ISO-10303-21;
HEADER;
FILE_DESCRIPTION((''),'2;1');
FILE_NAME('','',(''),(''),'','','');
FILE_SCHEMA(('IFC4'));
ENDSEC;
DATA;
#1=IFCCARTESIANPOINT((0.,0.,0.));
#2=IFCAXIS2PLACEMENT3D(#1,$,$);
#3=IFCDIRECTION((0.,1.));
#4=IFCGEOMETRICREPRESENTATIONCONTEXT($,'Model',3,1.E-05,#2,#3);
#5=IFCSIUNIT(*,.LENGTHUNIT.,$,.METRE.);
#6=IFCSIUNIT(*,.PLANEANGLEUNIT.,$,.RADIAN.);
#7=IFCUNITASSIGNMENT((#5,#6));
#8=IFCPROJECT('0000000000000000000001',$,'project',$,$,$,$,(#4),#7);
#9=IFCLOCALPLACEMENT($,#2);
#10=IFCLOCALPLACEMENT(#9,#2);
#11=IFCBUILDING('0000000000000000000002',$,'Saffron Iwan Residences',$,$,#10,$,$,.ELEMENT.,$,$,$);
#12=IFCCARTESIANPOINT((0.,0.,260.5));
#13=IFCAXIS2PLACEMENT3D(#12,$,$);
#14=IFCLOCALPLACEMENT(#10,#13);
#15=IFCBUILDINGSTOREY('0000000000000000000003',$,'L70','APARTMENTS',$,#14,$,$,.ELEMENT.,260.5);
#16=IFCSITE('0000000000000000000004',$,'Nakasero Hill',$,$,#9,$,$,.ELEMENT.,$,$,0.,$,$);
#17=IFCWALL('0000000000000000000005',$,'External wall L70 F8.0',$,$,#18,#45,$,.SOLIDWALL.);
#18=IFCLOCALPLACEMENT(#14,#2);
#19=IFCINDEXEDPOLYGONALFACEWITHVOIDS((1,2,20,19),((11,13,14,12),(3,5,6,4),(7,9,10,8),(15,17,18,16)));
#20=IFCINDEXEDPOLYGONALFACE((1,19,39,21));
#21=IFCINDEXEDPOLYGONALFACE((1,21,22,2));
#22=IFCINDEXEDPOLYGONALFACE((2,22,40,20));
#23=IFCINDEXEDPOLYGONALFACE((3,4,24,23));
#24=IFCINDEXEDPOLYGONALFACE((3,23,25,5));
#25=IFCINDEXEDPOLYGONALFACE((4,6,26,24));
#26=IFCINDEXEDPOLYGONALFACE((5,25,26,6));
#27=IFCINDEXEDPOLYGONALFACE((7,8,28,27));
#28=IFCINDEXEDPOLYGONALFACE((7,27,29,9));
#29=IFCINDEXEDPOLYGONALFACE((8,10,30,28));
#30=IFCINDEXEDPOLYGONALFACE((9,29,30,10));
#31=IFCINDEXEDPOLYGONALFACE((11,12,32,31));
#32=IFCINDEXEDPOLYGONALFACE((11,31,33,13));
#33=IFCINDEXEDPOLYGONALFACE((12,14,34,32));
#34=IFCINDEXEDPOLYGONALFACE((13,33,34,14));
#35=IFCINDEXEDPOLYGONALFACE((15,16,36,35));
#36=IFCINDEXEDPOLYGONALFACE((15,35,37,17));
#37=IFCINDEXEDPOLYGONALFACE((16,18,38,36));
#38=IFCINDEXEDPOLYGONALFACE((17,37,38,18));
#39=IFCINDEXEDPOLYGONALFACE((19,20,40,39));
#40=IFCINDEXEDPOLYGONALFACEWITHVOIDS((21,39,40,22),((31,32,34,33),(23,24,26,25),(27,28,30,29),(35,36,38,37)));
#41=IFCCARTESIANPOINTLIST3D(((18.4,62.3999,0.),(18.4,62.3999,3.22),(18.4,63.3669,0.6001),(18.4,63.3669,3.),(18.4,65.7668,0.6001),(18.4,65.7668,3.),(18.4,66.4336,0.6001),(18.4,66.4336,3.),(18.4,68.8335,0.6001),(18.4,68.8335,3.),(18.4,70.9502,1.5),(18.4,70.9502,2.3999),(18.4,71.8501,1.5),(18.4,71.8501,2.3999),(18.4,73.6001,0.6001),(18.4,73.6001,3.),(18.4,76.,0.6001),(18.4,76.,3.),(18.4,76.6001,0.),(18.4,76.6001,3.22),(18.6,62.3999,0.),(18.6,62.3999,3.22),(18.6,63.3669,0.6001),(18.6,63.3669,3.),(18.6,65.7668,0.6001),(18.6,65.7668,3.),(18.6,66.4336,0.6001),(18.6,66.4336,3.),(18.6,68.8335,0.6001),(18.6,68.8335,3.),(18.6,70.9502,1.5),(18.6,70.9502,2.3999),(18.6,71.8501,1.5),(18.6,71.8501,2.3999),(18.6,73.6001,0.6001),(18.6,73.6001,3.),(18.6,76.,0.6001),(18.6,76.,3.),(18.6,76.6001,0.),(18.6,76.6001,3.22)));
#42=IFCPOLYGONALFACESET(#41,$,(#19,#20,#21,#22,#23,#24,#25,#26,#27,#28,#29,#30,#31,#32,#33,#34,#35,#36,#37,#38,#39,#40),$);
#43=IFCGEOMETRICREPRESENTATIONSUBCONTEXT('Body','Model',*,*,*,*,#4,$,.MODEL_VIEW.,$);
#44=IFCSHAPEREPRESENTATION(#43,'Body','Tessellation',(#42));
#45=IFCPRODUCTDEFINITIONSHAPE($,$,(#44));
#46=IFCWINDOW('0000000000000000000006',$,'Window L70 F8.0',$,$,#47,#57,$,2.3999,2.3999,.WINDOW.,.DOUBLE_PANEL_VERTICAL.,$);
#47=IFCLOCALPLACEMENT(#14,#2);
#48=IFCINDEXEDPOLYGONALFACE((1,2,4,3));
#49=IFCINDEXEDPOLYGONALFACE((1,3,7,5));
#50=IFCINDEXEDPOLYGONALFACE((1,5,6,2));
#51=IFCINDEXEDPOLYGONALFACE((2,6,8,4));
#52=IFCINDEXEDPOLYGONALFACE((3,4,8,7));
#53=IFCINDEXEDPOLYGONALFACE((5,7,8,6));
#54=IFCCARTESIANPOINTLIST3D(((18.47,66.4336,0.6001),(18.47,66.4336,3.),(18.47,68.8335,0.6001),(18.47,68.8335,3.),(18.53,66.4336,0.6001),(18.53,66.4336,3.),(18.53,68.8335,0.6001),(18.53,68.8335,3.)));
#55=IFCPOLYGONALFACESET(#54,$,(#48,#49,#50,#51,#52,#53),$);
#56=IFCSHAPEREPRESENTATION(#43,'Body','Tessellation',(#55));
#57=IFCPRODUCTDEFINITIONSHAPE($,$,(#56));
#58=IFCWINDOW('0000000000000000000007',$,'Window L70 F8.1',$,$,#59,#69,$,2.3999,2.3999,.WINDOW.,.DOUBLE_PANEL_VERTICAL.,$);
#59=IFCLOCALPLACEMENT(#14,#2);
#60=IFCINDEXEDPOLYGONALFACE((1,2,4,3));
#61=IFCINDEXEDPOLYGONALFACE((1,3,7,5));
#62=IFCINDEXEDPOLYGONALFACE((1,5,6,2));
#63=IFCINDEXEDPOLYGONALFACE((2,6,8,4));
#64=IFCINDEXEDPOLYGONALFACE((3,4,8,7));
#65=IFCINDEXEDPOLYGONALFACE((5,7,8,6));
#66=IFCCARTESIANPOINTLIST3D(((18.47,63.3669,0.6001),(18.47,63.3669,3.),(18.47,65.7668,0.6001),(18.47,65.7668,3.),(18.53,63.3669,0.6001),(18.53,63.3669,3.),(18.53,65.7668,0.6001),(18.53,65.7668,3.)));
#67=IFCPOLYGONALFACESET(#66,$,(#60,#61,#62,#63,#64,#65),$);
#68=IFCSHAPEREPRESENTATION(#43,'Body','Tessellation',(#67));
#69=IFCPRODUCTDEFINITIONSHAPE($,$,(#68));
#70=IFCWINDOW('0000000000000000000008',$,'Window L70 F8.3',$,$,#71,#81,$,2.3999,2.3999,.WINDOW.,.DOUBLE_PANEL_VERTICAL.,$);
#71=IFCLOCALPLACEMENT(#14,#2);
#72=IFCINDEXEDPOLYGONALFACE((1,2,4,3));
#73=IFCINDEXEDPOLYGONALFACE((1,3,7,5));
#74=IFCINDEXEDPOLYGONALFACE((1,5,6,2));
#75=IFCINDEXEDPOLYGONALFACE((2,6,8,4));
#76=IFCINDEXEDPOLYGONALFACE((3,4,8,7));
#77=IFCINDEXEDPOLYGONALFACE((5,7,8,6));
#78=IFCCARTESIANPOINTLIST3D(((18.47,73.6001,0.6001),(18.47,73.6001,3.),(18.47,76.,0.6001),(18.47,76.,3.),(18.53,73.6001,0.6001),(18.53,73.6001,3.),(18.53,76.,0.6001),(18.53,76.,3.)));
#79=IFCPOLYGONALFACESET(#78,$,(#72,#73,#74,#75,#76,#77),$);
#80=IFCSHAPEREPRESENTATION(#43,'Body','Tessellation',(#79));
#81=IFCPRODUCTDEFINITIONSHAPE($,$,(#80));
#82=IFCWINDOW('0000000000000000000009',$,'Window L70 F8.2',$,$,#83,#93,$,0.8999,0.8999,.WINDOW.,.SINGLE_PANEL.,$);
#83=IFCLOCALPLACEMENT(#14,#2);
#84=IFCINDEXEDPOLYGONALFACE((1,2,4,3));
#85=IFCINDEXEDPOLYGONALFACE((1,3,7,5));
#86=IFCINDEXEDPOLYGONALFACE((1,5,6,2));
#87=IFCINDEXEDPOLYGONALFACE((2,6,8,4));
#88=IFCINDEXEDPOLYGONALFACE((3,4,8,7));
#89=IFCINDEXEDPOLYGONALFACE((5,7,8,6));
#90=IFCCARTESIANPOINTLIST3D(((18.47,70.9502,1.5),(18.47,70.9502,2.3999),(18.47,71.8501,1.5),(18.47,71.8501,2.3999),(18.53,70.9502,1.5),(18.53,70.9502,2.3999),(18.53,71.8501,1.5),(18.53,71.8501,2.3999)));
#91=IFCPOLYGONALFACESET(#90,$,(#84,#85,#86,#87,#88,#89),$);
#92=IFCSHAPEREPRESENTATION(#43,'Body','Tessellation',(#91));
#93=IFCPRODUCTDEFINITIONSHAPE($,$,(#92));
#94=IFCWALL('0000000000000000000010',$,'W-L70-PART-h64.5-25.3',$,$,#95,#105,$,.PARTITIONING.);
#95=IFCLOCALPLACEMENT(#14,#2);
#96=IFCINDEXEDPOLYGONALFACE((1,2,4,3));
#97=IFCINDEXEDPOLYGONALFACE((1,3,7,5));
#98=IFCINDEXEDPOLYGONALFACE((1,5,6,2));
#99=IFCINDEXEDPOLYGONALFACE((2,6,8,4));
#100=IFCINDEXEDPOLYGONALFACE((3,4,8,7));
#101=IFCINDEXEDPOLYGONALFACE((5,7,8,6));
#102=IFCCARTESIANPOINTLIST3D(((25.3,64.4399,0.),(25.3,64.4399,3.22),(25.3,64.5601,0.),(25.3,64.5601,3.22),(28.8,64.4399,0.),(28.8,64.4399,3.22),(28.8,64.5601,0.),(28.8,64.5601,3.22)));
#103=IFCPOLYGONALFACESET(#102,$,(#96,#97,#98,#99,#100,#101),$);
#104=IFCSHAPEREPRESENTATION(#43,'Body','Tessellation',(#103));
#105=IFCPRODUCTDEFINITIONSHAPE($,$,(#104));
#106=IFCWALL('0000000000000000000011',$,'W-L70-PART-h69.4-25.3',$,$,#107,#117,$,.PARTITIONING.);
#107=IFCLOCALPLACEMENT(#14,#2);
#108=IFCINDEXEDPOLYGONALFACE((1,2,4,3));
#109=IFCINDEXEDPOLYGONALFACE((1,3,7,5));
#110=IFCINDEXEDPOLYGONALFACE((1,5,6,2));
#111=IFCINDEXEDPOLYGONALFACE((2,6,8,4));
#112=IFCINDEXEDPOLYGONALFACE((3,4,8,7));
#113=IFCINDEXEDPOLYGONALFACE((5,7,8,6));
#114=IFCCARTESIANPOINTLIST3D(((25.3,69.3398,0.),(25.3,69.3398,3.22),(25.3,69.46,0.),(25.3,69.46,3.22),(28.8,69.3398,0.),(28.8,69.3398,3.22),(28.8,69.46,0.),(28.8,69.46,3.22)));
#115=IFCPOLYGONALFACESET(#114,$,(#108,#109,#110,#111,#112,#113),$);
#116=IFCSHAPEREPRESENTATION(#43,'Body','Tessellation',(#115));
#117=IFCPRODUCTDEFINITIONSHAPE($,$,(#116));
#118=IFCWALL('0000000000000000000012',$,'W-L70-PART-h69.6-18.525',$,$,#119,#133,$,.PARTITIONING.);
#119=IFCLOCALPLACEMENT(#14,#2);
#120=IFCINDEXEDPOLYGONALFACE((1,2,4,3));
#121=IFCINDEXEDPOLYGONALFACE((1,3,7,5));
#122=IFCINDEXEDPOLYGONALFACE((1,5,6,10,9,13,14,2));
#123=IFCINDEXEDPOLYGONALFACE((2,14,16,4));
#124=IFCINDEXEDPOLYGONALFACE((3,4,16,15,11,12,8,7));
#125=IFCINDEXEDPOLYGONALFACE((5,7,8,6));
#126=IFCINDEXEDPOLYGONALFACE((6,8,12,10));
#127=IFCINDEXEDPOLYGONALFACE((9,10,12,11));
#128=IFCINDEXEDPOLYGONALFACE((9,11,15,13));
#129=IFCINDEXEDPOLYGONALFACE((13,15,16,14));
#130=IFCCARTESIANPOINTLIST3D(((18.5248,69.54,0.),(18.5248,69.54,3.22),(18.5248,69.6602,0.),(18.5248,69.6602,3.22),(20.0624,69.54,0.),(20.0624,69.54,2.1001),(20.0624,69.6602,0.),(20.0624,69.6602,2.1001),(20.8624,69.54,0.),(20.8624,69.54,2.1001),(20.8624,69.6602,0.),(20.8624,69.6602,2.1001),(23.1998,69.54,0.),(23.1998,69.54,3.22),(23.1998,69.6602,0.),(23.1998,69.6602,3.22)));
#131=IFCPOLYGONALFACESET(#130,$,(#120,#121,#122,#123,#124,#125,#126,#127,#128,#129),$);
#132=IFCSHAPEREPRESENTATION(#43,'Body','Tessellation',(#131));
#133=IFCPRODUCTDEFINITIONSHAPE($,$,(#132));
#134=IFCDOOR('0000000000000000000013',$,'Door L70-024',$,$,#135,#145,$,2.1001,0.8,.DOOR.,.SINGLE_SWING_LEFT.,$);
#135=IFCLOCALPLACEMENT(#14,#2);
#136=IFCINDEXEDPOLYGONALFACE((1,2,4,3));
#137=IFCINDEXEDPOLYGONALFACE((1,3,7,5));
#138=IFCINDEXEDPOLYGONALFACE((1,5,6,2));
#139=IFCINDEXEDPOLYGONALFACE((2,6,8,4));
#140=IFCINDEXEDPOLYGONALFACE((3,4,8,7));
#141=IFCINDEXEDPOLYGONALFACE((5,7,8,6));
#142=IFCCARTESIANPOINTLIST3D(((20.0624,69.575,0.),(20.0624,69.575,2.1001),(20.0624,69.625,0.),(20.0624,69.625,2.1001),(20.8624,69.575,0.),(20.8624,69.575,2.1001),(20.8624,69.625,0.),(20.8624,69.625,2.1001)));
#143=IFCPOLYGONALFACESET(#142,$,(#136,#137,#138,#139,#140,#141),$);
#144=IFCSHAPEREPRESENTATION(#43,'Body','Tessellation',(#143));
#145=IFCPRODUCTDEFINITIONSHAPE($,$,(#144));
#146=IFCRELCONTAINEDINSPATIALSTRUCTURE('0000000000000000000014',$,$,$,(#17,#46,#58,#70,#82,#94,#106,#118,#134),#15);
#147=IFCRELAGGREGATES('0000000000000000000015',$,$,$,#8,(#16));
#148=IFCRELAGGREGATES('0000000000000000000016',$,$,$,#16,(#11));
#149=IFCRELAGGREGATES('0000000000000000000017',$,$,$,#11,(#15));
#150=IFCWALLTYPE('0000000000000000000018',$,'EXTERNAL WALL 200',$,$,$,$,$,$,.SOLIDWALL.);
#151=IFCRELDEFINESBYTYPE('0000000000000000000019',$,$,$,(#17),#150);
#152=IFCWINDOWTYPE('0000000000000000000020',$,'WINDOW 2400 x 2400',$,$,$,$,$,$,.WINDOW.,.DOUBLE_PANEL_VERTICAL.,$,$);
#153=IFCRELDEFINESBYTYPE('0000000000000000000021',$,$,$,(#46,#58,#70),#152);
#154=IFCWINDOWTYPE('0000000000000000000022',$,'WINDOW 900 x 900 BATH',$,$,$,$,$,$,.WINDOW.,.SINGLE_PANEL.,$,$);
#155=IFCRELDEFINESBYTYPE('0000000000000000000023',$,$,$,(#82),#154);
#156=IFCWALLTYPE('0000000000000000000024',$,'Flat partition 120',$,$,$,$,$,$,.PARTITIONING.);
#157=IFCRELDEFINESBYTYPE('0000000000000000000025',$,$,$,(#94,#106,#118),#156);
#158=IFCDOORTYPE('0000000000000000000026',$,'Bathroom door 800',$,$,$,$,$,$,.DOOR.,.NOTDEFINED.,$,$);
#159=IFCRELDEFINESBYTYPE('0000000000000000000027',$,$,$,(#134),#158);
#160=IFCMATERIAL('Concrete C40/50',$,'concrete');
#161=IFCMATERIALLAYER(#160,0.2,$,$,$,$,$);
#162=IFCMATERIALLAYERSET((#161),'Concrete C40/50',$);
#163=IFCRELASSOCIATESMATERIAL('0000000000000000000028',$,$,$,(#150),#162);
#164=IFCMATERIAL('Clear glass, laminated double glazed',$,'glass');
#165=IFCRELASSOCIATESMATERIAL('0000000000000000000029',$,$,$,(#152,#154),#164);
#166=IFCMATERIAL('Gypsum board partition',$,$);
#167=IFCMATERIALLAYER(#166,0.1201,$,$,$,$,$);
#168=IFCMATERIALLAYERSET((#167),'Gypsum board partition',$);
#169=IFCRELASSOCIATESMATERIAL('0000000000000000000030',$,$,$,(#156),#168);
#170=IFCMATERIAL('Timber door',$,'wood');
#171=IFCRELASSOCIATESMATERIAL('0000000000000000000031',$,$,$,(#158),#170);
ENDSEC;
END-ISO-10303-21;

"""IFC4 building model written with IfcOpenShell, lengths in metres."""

from ifc_helpers import new_model, si_unit, direction, frame, frame_2d, origin, place, context, subcontext, project, spatial, rectangle, extrude, material, layer, layer_set, type_object, element, fill, save


model = new_model("IFC4")

# Units and contexts
model_context = context("Model", 3, precision=1e-05, world=origin(), true_north=direction((0.0, 1.0)))
body_context = subcontext(model_context, "Body", "Model", "MODEL_VIEW")
ifc_project = project(units=[si_unit("LENGTHUNIT", "METRE"), si_unit("PLANEANGLEUNIT", "RADIAN")], contexts=[model_context])

# Site, building, storey
site_placement = place(None, origin())
site = spatial("IfcSite", under=ifc_project, at=site_placement, Name="Nakasero Hill", CompositionType="ELEMENT", RefElevation=0.0)
building_placement = place(site_placement, origin())
building = spatial("IfcBuilding", under=site, at=building_placement, Name="Saffron Iwan Residences", CompositionType="ELEMENT")
storey_placement = place(building_placement, frame((0.0, 0.0, 260.5)))
storey = spatial("IfcBuildingStorey", under=building, at=storey_placement, Name="L70", Description="APARTMENTS", CompositionType="ELEMENT", Elevation=260.5)

# Shared definitions
ifc_material_1 = material(Name="Concrete C40/50", Category="concrete")

# Shared definitions
ifc_layer_1 = layer(ifc_material_1, 0.2)
ifc_layer_set_1 = layer_set([ifc_layer_1], Name="Concrete C40/50")
wall_type_1 = type_object("IfcWallType", Name="EXTERNAL WALL 200", PredefinedType="SOLIDWALL", material=ifc_layer_set_1)
ifc_material_2 = material(Name="Clear glass, laminated double glazed", Category="glass")
window_type_1 = type_object("IfcWindowType", Name="WINDOW 2400 x 2400", PartitioningType="DOUBLE_PANEL_VERTICAL", PredefinedType="WINDOW", material=ifc_material_2)

# Wall, openings, windows
wall_1_placement = place(storey_placement, frame((18.5, 76.6001, 0.0), z_axis=(0.0, 0.0, 1.0), x_axis=(0.0, -1.0, 0.0)))
wall_1 = element("IfcWall", 1, at=wall_1_placement, inside=storey, type_object=wall_type_1, Name="External wall L70 F8.0", PredefinedType="SOLIDWALL", context=body_context, shape_type="SweptSolid", body=[
    extrude(rectangle(XDim=14.2002, YDim=0.2, at=frame_2d((7.1001, 0.0))), origin(), (0.0, 0.0, 1.0), 3.22),
])
opening_1_placement = place(wall_1_placement, frame((7.7666, 0.0, 0.6001)))
opening_1 = element("IfcOpeningElement", 2, at=opening_1_placement, cuts=wall_1, PredefinedType="OPENING", context=body_context, shape_type="SweptSolid", body=[
    extrude(rectangle(XDim=2.3999, YDim=2.3999, at=frame_2d((1.2, 1.2))), frame((0.0, 0.1099, 0.0), z_axis=(0.0, -1.0, 0.0), x_axis=(1.0, 0.0, 0.0)), (0.0, 0.0, 1.0), 0.22),
])
opening_2_placement = place(wall_1_placement, frame((10.8333, 0.0, 0.6001)))
opening_2 = element("IfcOpeningElement", 3, at=opening_2_placement, cuts=wall_1, PredefinedType="OPENING", context=body_context, shape_type="SweptSolid", body=[
    extrude(rectangle(XDim=2.3999, YDim=2.3999, at=frame_2d((1.2, 1.2))), frame((0.0, 0.1099, 0.0), z_axis=(0.0, -1.0, 0.0), x_axis=(1.0, 0.0, 0.0)), (0.0, 0.0, 1.0), 0.22),
])
opening_3_placement = place(wall_1_placement, frame((4.75, 0.0, 1.5)))
opening_3 = element("IfcOpeningElement", 4, at=opening_3_placement, cuts=wall_1, PredefinedType="OPENING", context=body_context, shape_type="SweptSolid", body=[
    extrude(rectangle(XDim=0.8999, YDim=0.8999, at=frame_2d((0.45, 0.45))), frame((0.0, 0.1099, 0.0), z_axis=(0.0, -1.0, 0.0), x_axis=(1.0, 0.0, 0.0)), (0.0, 0.0, 1.0), 0.22),
])
opening_4_placement = place(wall_1_placement, frame((0.6001, 0.0, 0.6001)))
opening_4 = element("IfcOpeningElement", 5, at=opening_4_placement, cuts=wall_1, PredefinedType="OPENING", context=body_context, shape_type="SweptSolid", body=[
    extrude(rectangle(XDim=2.3999, YDim=2.3999, at=frame_2d((1.2, 1.2))), frame((0.0, 0.1099, 0.0), z_axis=(0.0, -1.0, 0.0), x_axis=(1.0, 0.0, 0.0)), (0.0, 0.0, 1.0), 0.22),
])
window_1_placement = place(opening_1_placement, origin())
window_1 = element("IfcWindow", 6, at=window_1_placement, inside=storey, type_object=window_type_1, Name="Window L70 F8.0", OverallHeight=2.3999, OverallWidth=2.3999, PartitioningType="DOUBLE_PANEL_VERTICAL", PredefinedType="WINDOW", context=body_context, shape_type="SweptSolid", body=[
    extrude(rectangle(XDim=2.3999, YDim=2.3999, at=frame_2d((1.2, 1.2))), frame((0.0, 0.03, 0.0), z_axis=(0.0, -1.0, 0.0), x_axis=(1.0, 0.0, 0.0)), (0.0, 0.0, 1.0), 0.0601),
])
fill(opening_1, window_1)
window_2_placement = place(opening_2_placement, origin())
window_2 = element("IfcWindow", 7, at=window_2_placement, inside=storey, type_object=window_type_1, Name="Window L70 F8.1", OverallHeight=2.3999, OverallWidth=2.3999, PartitioningType="DOUBLE_PANEL_VERTICAL", PredefinedType="WINDOW", context=body_context, shape_type="SweptSolid", body=[
    extrude(rectangle(XDim=2.3999, YDim=2.3999, at=frame_2d((1.2, 1.2))), frame((0.0, 0.03, 0.0), z_axis=(0.0, -1.0, 0.0), x_axis=(1.0, 0.0, 0.0)), (0.0, 0.0, 1.0), 0.0601),
])
fill(opening_2, window_2)
window_3_placement = place(opening_4_placement, origin())
window_3 = element("IfcWindow", 8, at=window_3_placement, inside=storey, type_object=window_type_1, Name="Window L70 F8.3", OverallHeight=2.3999, OverallWidth=2.3999, PartitioningType="DOUBLE_PANEL_VERTICAL", PredefinedType="WINDOW", context=body_context, shape_type="SweptSolid", body=[
    extrude(rectangle(XDim=2.3999, YDim=2.3999, at=frame_2d((1.2, 1.2))), frame((0.0, 0.03, 0.0), z_axis=(0.0, -1.0, 0.0), x_axis=(1.0, 0.0, 0.0)), (0.0, 0.0, 1.0), 0.0601),
])
fill(opening_4, window_3)
window_type_2 = type_object("IfcWindowType", Name="WINDOW 900 x 900 BATH", PartitioningType="SINGLE_PANEL", PredefinedType="WINDOW", material=ifc_material_2)
window_4_placement = place(opening_3_placement, origin())
window_4 = element("IfcWindow", 9, at=window_4_placement, inside=storey, type_object=window_type_2, Name="Window L70 F8.2", OverallHeight=0.8999, OverallWidth=0.8999, PartitioningType="SINGLE_PANEL", PredefinedType="WINDOW", context=body_context, shape_type="SweptSolid", body=[
    extrude(rectangle(XDim=0.8999, YDim=0.8999, at=frame_2d((0.45, 0.45))), frame((0.0, 0.03, 0.0), z_axis=(0.0, -1.0, 0.0), x_axis=(1.0, 0.0, 0.0)), (0.0, 0.0, 1.0), 0.0601),
])
fill(opening_3, window_4)

# Walls
ifc_material_3 = material(Name="Gypsum board partition")
ifc_layer_2 = layer(ifc_material_3, 0.1201)
ifc_layer_set_2 = layer_set([ifc_layer_2], Name="Gypsum board partition")
wall_type_2 = type_object("IfcWallType", Name="Flat partition 120", PredefinedType="PARTITIONING", material=ifc_layer_set_2)
for number, where, z_axis, x_axis, name in (
    (10, (25.3, 64.5, 0.0), (0.0, 0.0, 1.0), (1.0, 0.0, 0.0), "W-L70-PART-h64.5-25.3"),
    (11, (25.3, 69.3999, 0.0), (0.0, 0.0, 1.0), (1.0, 0.0, 0.0), "W-L70-PART-h69.4-25.3"),
):
    element("IfcWall", number, at=place(storey_placement, frame(where, z_axis=z_axis, x_axis=x_axis)), inside=storey, type_object=wall_type_2, Name=name, PredefinedType="PARTITIONING", context=body_context, shape_type="SweptSolid", body=[
        extrude(rectangle(XDim=3.5, YDim=0.1201, at=frame_2d((1.75, 0.0))), origin(), (0.0, 0.0, 1.0), 3.22),
    ])

# Wall, opening, door
wall_2_placement = place(storey_placement, frame((18.5249, 69.6001, 0.0), z_axis=(0.0, 0.0, 1.0), x_axis=(1.0, 0.0, 0.0)))
wall_2 = element("IfcWall", 12, at=wall_2_placement, inside=storey, type_object=wall_type_2, Name="W-L70-PART-h69.6-18.525", PredefinedType="PARTITIONING", context=body_context, shape_type="SweptSolid", body=[
    extrude(rectangle(XDim=4.675, YDim=0.1201, at=frame_2d((2.3374, 0.0))), origin(), (0.0, 0.0, 1.0), 3.22),
])
opening_5_placement = place(wall_2_placement, frame((1.5376, 0.0, 0.0)))
opening_5 = element("IfcOpeningElement", 13, at=opening_5_placement, cuts=wall_2, PredefinedType="OPENING", context=body_context, shape_type="SweptSolid", body=[
    extrude(rectangle(XDim=0.8, YDim=2.1001, at=frame_2d((0.3999, 1.05))), frame((0.0, 0.0701, 0.0), z_axis=(0.0, -1.0, 0.0), x_axis=(1.0, 0.0, 0.0)), (0.0, 0.0, 1.0), 0.1401),
])
ifc_material_4 = material(Name="Timber door", Category="wood")
door_type_1 = type_object("IfcDoorType", Name="Bathroom door 800", OperationType="NOTDEFINED", PredefinedType="DOOR", material=ifc_material_4)
door_1_placement = place(opening_5_placement, origin())
door_1 = element("IfcDoor", 14, at=door_1_placement, inside=storey, type_object=door_type_1, Name="Door L70-024", OperationType="SINGLE_SWING_LEFT", OverallHeight=2.1001, OverallWidth=0.8, PredefinedType="DOOR", context=body_context, shape_type="SweptSolid", body=[
    extrude(rectangle(XDim=0.8, YDim=2.1001, at=frame_2d((0.3999, 1.05))), frame((0.0, 0.0249, 0.0), z_axis=(0.0, -1.0, 0.0), x_axis=(1.0, 0.0, 0.0)), (0.0, 0.0, 1.0), 0.05),
])
fill(opening_5, door_1)

save(model, "model.ifc")
